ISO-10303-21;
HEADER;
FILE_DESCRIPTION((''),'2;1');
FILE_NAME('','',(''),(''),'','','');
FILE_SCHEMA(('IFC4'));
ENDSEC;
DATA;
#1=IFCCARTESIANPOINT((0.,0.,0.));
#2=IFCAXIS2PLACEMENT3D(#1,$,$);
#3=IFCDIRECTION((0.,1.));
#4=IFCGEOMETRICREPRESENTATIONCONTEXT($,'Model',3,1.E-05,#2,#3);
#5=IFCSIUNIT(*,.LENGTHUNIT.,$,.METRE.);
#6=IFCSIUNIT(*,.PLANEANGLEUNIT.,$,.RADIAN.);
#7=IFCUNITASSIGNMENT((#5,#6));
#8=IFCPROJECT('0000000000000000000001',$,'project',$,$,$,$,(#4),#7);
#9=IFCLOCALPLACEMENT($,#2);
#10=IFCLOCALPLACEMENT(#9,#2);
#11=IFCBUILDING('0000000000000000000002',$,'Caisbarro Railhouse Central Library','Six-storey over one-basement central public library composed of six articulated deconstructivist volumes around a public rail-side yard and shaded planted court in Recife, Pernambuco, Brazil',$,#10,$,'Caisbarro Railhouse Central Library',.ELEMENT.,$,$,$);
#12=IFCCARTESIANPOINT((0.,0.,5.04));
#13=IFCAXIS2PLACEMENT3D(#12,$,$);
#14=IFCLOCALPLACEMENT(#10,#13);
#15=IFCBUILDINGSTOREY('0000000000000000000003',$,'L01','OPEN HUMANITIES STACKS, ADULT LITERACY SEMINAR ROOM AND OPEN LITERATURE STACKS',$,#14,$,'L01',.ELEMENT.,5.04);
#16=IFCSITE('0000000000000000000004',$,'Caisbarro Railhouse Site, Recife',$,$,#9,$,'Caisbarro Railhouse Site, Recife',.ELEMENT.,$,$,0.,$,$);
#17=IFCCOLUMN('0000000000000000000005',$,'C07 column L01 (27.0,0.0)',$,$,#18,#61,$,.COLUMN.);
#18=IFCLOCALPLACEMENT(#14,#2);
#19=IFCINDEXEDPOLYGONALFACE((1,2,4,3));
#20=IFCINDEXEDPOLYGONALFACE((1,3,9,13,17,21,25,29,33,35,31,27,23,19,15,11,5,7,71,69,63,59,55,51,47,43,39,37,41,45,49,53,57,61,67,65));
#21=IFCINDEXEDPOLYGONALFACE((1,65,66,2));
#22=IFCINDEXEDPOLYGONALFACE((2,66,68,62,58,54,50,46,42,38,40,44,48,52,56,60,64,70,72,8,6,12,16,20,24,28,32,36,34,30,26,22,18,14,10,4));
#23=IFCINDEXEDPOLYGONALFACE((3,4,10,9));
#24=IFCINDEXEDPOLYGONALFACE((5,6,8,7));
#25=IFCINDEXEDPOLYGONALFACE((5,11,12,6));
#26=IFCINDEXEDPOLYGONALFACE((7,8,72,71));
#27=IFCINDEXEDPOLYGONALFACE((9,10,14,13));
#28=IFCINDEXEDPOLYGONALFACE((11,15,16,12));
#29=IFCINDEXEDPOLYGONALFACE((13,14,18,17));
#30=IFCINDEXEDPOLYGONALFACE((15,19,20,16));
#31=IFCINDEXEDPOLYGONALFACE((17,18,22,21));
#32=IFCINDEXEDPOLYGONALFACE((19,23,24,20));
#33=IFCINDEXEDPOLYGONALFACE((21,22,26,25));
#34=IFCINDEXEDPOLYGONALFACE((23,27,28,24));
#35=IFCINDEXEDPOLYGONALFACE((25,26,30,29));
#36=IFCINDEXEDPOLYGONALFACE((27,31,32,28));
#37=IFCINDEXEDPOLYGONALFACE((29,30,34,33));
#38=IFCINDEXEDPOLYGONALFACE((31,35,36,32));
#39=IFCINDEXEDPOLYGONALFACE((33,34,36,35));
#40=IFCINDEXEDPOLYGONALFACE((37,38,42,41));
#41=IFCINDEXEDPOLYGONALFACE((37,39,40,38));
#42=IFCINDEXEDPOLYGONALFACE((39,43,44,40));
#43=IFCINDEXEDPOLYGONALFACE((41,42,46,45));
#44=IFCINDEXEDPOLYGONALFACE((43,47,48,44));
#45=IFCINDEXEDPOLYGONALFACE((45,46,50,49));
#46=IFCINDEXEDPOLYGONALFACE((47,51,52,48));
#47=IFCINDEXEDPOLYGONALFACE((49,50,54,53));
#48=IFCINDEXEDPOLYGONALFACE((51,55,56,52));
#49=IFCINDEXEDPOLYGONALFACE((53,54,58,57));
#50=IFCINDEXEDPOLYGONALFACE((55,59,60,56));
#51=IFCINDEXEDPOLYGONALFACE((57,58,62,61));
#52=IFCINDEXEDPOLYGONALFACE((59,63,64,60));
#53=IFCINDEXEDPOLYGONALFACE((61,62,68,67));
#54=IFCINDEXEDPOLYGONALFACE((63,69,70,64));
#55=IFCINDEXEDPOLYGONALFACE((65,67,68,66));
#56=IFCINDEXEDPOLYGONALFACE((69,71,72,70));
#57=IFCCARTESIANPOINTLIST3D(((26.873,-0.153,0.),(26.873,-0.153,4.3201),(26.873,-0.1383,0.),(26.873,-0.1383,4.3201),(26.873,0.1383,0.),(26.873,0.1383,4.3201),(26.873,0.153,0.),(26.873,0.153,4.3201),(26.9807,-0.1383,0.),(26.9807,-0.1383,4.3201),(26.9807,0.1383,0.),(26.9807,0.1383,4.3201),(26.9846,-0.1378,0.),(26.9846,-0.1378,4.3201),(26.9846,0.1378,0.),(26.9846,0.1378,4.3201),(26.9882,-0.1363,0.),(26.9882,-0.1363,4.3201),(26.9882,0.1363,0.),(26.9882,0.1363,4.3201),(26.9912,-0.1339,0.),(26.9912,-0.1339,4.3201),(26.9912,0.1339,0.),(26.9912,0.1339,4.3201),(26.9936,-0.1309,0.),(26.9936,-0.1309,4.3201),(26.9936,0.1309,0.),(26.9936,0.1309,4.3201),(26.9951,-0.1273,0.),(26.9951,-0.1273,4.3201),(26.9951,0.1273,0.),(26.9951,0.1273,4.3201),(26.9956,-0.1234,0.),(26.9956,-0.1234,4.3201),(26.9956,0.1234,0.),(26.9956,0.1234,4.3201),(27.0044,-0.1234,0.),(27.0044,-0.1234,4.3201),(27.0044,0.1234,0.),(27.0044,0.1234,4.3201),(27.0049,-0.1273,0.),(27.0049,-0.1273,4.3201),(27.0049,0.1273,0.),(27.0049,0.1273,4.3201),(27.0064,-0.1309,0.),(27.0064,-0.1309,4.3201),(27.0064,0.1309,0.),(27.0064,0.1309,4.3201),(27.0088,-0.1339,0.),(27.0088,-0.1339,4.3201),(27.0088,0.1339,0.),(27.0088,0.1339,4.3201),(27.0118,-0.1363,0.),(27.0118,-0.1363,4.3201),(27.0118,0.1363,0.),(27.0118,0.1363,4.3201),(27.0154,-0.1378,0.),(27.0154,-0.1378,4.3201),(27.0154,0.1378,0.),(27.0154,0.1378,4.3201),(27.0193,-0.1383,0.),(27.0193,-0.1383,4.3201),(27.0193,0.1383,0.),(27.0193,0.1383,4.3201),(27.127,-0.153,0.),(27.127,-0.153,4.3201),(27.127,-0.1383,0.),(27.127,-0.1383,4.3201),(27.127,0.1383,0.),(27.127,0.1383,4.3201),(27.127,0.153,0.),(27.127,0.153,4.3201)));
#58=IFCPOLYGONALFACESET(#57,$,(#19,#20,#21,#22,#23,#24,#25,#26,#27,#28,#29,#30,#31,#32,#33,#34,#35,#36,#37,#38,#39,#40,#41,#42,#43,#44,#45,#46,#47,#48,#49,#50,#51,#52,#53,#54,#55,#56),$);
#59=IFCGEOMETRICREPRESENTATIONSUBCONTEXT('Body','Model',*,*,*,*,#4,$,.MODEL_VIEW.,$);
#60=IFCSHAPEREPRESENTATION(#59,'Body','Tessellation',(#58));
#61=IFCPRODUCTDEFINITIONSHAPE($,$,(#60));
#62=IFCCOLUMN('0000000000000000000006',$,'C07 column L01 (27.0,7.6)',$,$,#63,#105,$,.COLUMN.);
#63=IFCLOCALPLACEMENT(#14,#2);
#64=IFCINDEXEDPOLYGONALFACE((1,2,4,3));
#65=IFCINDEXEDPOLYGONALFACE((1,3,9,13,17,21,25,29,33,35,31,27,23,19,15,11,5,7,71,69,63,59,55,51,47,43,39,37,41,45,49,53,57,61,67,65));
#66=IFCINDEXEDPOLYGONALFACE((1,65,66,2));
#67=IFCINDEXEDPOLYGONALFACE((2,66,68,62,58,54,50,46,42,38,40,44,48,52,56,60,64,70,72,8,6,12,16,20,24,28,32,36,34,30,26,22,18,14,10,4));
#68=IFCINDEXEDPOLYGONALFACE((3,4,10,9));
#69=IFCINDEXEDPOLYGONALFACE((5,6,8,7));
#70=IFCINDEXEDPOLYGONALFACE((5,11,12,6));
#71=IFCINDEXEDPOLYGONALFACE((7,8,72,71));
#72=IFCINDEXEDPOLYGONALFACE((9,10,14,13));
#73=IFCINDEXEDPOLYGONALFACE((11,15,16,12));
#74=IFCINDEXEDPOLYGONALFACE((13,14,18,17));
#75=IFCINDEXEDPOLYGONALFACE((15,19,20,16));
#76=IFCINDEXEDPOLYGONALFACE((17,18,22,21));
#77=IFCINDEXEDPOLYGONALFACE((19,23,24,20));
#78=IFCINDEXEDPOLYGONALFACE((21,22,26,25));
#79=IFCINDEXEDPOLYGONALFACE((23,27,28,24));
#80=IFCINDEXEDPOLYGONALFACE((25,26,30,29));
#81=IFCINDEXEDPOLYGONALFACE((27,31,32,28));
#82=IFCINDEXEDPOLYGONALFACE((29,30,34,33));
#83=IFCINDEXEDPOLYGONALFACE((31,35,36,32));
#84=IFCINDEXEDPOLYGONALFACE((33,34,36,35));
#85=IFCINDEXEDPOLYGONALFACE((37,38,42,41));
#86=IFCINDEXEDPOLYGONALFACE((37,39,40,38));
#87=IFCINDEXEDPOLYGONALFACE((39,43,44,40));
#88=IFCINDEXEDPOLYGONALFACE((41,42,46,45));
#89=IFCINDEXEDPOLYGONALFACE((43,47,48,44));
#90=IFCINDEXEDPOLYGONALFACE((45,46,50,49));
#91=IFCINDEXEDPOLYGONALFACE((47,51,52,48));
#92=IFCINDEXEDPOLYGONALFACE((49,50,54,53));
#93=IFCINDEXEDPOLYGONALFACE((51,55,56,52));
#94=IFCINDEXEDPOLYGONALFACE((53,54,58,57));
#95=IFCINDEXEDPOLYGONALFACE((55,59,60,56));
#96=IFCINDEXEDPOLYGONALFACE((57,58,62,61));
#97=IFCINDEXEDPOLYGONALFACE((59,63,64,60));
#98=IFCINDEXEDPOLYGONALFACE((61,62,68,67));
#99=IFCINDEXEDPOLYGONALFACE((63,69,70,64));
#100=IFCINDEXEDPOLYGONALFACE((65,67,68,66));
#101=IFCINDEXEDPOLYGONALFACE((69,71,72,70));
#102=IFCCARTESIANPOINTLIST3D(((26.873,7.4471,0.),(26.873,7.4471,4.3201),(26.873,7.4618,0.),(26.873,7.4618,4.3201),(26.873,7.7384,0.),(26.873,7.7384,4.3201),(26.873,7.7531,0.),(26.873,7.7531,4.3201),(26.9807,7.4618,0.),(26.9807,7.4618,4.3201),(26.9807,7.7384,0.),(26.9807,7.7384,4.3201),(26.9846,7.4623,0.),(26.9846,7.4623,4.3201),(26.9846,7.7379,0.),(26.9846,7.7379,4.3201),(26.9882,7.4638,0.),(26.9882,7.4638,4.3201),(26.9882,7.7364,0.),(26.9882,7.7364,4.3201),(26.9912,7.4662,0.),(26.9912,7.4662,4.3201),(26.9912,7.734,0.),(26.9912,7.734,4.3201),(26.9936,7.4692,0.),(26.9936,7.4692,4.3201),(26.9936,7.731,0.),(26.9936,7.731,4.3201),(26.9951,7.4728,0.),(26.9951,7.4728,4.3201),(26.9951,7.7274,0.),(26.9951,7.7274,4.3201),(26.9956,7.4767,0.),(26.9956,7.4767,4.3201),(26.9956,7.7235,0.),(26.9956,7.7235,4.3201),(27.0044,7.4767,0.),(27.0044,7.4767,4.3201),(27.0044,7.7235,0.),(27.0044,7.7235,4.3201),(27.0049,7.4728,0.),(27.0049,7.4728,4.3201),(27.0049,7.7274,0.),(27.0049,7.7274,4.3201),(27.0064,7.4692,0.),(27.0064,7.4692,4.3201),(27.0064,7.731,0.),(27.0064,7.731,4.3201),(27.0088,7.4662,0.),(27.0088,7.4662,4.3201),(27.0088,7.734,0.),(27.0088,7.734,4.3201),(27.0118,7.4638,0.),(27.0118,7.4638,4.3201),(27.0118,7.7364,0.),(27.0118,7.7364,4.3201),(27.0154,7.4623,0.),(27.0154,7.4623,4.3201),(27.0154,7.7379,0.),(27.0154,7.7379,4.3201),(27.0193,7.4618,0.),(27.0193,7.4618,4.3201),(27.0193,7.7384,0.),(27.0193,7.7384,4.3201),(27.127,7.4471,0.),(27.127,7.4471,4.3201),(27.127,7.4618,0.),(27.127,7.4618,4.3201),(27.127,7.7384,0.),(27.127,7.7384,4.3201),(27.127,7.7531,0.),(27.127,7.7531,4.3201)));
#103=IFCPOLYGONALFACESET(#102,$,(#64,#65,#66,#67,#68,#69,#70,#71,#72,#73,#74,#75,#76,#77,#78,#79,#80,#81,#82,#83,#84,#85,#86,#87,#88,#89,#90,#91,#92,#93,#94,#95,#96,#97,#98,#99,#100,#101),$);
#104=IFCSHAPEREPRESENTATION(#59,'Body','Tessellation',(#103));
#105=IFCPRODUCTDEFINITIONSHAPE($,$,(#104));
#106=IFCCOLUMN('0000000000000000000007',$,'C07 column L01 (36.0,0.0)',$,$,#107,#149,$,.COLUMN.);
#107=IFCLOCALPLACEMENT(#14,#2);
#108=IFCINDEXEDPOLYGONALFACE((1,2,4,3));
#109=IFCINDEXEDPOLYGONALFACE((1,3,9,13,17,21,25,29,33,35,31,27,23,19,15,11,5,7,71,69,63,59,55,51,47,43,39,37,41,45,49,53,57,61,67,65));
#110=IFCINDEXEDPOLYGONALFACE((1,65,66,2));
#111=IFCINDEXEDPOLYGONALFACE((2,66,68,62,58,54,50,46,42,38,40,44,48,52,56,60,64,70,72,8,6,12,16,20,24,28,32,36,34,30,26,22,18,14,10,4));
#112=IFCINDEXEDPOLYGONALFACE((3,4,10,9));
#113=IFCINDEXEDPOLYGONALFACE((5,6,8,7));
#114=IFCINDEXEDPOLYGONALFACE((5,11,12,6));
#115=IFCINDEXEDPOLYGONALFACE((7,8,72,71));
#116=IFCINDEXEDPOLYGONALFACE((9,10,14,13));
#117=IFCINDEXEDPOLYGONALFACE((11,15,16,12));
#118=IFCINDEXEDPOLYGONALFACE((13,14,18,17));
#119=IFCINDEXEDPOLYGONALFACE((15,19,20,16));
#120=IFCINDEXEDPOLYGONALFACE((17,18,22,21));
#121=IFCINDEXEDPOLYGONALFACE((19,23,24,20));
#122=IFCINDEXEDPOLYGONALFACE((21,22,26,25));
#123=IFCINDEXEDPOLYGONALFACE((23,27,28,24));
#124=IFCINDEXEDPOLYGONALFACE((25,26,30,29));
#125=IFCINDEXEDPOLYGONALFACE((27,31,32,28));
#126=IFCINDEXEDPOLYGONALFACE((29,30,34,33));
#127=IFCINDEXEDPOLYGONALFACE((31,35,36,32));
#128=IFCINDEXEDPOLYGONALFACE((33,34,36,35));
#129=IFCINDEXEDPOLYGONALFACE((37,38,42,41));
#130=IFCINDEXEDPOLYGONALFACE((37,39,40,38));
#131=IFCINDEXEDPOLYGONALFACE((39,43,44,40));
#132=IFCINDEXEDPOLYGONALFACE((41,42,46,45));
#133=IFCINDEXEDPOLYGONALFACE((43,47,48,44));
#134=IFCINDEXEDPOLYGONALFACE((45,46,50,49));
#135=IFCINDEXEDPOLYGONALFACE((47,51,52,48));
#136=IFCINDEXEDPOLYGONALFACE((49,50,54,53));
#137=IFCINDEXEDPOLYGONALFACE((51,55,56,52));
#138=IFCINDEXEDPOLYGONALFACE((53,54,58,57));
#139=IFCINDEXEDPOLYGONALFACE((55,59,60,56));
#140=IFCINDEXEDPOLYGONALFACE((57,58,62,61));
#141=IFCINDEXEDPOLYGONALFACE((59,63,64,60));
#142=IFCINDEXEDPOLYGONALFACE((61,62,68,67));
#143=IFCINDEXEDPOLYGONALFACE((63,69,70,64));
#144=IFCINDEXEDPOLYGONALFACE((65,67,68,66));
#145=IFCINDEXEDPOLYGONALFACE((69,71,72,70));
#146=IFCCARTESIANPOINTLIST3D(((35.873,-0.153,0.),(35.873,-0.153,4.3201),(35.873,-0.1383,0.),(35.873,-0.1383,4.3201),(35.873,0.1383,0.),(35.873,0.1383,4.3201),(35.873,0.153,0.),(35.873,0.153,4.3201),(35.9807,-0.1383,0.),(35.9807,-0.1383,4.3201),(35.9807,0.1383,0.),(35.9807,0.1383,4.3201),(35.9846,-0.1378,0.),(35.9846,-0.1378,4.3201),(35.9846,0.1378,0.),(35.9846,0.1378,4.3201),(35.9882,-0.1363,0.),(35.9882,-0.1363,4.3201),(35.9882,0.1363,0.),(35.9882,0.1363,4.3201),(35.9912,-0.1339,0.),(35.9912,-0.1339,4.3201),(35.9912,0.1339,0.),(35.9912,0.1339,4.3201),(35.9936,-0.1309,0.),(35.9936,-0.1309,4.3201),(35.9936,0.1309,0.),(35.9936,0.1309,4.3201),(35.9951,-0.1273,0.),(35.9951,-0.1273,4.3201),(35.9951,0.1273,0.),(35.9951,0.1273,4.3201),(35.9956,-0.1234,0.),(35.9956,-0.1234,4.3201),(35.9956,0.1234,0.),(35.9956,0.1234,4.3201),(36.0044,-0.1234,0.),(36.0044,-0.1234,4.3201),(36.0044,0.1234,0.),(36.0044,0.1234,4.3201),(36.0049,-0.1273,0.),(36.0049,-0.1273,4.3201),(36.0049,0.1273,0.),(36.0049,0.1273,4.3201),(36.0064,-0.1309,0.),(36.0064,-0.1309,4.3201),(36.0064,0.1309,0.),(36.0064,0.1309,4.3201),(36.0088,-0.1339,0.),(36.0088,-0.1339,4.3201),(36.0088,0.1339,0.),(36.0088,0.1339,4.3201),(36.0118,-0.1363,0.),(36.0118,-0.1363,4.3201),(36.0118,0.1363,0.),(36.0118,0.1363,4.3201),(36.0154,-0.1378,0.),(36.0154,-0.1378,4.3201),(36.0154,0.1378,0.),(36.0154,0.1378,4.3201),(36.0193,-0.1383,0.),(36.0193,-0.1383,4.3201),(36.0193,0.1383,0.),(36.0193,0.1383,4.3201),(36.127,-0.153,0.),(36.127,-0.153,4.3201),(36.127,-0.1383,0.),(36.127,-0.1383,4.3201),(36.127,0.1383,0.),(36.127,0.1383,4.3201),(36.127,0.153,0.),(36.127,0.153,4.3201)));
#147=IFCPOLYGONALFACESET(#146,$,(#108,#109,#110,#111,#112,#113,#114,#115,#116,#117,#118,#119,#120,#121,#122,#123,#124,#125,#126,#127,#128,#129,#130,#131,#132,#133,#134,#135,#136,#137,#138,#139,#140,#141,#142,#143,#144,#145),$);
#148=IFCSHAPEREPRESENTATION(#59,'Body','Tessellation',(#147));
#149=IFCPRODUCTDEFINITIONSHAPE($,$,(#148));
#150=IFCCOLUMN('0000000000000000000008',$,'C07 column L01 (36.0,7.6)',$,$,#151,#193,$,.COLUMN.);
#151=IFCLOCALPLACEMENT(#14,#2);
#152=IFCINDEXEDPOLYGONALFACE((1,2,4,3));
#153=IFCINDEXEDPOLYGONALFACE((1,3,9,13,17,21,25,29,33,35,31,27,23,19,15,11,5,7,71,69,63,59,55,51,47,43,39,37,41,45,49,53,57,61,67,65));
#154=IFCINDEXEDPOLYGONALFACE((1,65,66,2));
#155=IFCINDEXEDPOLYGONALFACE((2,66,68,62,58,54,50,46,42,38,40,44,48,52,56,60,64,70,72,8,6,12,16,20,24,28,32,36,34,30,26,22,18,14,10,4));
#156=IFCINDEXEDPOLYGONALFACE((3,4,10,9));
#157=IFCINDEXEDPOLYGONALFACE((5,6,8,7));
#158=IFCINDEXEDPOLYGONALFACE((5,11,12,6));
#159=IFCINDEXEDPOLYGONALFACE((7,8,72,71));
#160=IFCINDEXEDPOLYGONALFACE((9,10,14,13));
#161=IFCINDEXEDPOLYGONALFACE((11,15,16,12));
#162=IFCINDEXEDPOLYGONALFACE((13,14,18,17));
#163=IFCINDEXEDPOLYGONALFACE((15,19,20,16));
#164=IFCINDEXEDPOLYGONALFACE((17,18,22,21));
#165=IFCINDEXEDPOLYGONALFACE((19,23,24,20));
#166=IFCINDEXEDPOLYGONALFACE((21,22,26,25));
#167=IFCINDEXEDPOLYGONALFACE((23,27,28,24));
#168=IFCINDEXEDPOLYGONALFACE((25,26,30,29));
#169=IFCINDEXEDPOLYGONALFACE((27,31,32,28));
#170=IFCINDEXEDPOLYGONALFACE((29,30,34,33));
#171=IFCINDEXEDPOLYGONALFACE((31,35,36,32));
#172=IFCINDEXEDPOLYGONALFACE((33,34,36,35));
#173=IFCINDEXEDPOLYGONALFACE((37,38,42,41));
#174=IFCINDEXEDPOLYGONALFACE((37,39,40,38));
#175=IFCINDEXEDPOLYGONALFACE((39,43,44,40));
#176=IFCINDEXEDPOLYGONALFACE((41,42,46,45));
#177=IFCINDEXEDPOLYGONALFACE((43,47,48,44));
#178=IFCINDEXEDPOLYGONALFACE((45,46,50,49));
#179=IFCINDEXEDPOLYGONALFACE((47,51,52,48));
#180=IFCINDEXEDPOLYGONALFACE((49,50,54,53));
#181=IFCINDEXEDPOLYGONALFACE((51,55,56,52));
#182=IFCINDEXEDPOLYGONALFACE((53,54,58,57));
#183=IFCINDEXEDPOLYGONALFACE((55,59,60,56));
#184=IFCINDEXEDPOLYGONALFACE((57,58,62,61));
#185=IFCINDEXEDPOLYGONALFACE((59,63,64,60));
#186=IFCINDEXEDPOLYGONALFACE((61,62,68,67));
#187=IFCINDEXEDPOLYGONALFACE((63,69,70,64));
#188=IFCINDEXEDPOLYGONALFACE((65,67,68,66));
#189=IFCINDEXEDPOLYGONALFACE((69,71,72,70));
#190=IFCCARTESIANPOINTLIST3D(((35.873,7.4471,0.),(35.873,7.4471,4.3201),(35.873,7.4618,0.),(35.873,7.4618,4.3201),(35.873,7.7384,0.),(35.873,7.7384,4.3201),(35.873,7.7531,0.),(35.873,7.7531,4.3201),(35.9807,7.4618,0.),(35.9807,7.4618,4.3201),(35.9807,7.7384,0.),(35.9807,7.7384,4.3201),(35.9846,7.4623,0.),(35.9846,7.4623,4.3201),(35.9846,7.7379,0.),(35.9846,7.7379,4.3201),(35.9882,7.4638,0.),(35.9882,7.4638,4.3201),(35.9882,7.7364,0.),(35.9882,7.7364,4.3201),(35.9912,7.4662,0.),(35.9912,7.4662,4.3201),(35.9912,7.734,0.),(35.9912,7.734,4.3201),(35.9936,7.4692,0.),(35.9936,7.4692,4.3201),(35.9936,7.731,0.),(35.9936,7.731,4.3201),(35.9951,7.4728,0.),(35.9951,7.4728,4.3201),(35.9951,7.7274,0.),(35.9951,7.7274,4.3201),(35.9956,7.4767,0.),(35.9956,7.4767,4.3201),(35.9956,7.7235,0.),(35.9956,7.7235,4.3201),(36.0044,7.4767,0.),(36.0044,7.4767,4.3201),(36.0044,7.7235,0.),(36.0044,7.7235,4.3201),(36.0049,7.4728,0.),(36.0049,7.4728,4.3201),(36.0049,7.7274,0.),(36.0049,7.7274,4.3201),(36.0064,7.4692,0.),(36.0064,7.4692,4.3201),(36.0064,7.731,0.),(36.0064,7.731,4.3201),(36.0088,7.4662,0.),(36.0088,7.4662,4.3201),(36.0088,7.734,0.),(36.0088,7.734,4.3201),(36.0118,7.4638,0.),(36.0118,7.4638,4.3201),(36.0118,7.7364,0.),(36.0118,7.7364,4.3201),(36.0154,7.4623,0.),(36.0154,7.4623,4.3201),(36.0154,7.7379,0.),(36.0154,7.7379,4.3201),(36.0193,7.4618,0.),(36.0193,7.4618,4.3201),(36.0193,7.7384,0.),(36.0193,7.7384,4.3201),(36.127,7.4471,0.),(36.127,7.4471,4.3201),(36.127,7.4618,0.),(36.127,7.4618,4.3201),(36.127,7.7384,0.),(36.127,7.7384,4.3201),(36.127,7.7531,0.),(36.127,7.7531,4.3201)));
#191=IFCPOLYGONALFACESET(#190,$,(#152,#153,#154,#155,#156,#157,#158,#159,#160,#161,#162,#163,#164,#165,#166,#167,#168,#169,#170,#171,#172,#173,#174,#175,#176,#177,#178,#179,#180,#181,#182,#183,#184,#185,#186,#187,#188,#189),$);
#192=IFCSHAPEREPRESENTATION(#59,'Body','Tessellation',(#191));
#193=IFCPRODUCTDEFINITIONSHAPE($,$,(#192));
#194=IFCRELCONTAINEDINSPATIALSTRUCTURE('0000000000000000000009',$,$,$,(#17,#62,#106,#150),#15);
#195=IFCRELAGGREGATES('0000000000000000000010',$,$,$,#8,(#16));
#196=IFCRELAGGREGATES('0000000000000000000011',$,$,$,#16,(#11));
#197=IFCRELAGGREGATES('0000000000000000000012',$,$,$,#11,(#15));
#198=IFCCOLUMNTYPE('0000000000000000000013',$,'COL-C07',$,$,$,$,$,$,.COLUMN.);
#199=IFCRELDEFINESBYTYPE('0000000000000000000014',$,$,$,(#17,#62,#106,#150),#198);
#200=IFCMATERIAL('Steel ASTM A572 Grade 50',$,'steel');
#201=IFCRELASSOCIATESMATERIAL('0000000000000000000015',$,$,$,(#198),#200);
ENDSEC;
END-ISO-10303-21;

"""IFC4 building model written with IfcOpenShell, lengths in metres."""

from ifc_helpers import new_model, si_unit, direction, frame, origin, origin_2d, place, context, subcontext, project, spatial, i_section, extrude, material, material_profile, profile_set, type_object, element, save


model = new_model("IFC4")

# Units and contexts
model_context = context("Model", 3, precision=1e-05, world=origin(), true_north=direction((0.0, 1.0)))
body_context = subcontext(model_context, "Body", "Model", "MODEL_VIEW")
ifc_project = project(units=[si_unit("LENGTHUNIT", "METRE"), si_unit("PLANEANGLEUNIT", "RADIAN")], contexts=[model_context])

# Site, building, storey
site_placement = place(None, origin())
site = spatial("IfcSite", under=ifc_project, at=site_placement, Name="Caisbarro Railhouse Site, Recife", LongName="Caisbarro Railhouse Site, Recife", CompositionType="ELEMENT", RefElevation=0.0)
building_placement = place(site_placement, origin())
building = spatial("IfcBuilding", under=site, at=building_placement, Name="Caisbarro Railhouse Central Library", Description="Six-storey over one-basement central public library composed of six articulated deconstructivist volumes around a public rail-side yard and shaded planted court in Recife, Pernambuco, Brazil", LongName="Caisbarro Railhouse Central Library", CompositionType="ELEMENT")
storey_placement = place(building_placement, frame((0.0, 0.0, 5.04)))
storey = spatial("IfcBuildingStorey", under=building, at=storey_placement, Name="L01", Description="OPEN HUMANITIES STACKS, ADULT LITERACY SEMINAR ROOM AND OPEN LITERATURE STACKS", LongName="L01", CompositionType="ELEMENT", Elevation=5.04)

# Columns
ifc_material_1 = material(Name="Steel ASTM A572 Grade 50", Category="steel")
ifc_material_profile_1 = material_profile(ifc_material_1, i_section(OverallWidth=0.2539, OverallDepth=0.3059, WebThickness=0.0088, FlangeThickness=0.0146, FilletRadius=0.0149, at=origin_2d()), Name="W310X79.0")
ifc_profile_set_1 = profile_set([ifc_material_profile_1], Name="Steel ASTM A572 Grade 50")
column_type = type_object("IfcColumnType", Name="COL-C07", PredefinedType="COLUMN", material=ifc_profile_set_1)
for number, where, z_axis, x_axis, name in (
    (1, (27.0, 0.0, 0.0), (0.0, 0.0, 1.0), (1.0, 0.0, 0.0), "C07 column L01 (27.0,0.0)"),
    (2, (27.0, 7.6001, 0.0), (0.0, 0.0, 1.0), (1.0, 0.0, 0.0), "C07 column L01 (27.0,7.6)"),
    (3, (36.0, 0.0, 0.0), (0.0, 0.0, 1.0), (1.0, 0.0, 0.0), "C07 column L01 (36.0,0.0)"),
    (4, (36.0, 7.6001, 0.0), (0.0, 0.0, 1.0), (1.0, 0.0, 0.0), "C07 column L01 (36.0,7.6)"),
):
    element("IfcColumn", number, at=place(storey_placement, frame(where, z_axis=z_axis, x_axis=x_axis)), inside=storey, type_object=column_type, Name=name, PredefinedType="COLUMN", context=body_context, shape_type="SweptSolid", body=[
        extrude(i_section(OverallWidth=0.2539, OverallDepth=0.3059, WebThickness=0.0088, FlangeThickness=0.0146, FilletRadius=0.0149, at=origin_2d()), origin(), (0.0, 0.0, 1.0), 4.3201),
    ])

save(model, "model.ifc")
